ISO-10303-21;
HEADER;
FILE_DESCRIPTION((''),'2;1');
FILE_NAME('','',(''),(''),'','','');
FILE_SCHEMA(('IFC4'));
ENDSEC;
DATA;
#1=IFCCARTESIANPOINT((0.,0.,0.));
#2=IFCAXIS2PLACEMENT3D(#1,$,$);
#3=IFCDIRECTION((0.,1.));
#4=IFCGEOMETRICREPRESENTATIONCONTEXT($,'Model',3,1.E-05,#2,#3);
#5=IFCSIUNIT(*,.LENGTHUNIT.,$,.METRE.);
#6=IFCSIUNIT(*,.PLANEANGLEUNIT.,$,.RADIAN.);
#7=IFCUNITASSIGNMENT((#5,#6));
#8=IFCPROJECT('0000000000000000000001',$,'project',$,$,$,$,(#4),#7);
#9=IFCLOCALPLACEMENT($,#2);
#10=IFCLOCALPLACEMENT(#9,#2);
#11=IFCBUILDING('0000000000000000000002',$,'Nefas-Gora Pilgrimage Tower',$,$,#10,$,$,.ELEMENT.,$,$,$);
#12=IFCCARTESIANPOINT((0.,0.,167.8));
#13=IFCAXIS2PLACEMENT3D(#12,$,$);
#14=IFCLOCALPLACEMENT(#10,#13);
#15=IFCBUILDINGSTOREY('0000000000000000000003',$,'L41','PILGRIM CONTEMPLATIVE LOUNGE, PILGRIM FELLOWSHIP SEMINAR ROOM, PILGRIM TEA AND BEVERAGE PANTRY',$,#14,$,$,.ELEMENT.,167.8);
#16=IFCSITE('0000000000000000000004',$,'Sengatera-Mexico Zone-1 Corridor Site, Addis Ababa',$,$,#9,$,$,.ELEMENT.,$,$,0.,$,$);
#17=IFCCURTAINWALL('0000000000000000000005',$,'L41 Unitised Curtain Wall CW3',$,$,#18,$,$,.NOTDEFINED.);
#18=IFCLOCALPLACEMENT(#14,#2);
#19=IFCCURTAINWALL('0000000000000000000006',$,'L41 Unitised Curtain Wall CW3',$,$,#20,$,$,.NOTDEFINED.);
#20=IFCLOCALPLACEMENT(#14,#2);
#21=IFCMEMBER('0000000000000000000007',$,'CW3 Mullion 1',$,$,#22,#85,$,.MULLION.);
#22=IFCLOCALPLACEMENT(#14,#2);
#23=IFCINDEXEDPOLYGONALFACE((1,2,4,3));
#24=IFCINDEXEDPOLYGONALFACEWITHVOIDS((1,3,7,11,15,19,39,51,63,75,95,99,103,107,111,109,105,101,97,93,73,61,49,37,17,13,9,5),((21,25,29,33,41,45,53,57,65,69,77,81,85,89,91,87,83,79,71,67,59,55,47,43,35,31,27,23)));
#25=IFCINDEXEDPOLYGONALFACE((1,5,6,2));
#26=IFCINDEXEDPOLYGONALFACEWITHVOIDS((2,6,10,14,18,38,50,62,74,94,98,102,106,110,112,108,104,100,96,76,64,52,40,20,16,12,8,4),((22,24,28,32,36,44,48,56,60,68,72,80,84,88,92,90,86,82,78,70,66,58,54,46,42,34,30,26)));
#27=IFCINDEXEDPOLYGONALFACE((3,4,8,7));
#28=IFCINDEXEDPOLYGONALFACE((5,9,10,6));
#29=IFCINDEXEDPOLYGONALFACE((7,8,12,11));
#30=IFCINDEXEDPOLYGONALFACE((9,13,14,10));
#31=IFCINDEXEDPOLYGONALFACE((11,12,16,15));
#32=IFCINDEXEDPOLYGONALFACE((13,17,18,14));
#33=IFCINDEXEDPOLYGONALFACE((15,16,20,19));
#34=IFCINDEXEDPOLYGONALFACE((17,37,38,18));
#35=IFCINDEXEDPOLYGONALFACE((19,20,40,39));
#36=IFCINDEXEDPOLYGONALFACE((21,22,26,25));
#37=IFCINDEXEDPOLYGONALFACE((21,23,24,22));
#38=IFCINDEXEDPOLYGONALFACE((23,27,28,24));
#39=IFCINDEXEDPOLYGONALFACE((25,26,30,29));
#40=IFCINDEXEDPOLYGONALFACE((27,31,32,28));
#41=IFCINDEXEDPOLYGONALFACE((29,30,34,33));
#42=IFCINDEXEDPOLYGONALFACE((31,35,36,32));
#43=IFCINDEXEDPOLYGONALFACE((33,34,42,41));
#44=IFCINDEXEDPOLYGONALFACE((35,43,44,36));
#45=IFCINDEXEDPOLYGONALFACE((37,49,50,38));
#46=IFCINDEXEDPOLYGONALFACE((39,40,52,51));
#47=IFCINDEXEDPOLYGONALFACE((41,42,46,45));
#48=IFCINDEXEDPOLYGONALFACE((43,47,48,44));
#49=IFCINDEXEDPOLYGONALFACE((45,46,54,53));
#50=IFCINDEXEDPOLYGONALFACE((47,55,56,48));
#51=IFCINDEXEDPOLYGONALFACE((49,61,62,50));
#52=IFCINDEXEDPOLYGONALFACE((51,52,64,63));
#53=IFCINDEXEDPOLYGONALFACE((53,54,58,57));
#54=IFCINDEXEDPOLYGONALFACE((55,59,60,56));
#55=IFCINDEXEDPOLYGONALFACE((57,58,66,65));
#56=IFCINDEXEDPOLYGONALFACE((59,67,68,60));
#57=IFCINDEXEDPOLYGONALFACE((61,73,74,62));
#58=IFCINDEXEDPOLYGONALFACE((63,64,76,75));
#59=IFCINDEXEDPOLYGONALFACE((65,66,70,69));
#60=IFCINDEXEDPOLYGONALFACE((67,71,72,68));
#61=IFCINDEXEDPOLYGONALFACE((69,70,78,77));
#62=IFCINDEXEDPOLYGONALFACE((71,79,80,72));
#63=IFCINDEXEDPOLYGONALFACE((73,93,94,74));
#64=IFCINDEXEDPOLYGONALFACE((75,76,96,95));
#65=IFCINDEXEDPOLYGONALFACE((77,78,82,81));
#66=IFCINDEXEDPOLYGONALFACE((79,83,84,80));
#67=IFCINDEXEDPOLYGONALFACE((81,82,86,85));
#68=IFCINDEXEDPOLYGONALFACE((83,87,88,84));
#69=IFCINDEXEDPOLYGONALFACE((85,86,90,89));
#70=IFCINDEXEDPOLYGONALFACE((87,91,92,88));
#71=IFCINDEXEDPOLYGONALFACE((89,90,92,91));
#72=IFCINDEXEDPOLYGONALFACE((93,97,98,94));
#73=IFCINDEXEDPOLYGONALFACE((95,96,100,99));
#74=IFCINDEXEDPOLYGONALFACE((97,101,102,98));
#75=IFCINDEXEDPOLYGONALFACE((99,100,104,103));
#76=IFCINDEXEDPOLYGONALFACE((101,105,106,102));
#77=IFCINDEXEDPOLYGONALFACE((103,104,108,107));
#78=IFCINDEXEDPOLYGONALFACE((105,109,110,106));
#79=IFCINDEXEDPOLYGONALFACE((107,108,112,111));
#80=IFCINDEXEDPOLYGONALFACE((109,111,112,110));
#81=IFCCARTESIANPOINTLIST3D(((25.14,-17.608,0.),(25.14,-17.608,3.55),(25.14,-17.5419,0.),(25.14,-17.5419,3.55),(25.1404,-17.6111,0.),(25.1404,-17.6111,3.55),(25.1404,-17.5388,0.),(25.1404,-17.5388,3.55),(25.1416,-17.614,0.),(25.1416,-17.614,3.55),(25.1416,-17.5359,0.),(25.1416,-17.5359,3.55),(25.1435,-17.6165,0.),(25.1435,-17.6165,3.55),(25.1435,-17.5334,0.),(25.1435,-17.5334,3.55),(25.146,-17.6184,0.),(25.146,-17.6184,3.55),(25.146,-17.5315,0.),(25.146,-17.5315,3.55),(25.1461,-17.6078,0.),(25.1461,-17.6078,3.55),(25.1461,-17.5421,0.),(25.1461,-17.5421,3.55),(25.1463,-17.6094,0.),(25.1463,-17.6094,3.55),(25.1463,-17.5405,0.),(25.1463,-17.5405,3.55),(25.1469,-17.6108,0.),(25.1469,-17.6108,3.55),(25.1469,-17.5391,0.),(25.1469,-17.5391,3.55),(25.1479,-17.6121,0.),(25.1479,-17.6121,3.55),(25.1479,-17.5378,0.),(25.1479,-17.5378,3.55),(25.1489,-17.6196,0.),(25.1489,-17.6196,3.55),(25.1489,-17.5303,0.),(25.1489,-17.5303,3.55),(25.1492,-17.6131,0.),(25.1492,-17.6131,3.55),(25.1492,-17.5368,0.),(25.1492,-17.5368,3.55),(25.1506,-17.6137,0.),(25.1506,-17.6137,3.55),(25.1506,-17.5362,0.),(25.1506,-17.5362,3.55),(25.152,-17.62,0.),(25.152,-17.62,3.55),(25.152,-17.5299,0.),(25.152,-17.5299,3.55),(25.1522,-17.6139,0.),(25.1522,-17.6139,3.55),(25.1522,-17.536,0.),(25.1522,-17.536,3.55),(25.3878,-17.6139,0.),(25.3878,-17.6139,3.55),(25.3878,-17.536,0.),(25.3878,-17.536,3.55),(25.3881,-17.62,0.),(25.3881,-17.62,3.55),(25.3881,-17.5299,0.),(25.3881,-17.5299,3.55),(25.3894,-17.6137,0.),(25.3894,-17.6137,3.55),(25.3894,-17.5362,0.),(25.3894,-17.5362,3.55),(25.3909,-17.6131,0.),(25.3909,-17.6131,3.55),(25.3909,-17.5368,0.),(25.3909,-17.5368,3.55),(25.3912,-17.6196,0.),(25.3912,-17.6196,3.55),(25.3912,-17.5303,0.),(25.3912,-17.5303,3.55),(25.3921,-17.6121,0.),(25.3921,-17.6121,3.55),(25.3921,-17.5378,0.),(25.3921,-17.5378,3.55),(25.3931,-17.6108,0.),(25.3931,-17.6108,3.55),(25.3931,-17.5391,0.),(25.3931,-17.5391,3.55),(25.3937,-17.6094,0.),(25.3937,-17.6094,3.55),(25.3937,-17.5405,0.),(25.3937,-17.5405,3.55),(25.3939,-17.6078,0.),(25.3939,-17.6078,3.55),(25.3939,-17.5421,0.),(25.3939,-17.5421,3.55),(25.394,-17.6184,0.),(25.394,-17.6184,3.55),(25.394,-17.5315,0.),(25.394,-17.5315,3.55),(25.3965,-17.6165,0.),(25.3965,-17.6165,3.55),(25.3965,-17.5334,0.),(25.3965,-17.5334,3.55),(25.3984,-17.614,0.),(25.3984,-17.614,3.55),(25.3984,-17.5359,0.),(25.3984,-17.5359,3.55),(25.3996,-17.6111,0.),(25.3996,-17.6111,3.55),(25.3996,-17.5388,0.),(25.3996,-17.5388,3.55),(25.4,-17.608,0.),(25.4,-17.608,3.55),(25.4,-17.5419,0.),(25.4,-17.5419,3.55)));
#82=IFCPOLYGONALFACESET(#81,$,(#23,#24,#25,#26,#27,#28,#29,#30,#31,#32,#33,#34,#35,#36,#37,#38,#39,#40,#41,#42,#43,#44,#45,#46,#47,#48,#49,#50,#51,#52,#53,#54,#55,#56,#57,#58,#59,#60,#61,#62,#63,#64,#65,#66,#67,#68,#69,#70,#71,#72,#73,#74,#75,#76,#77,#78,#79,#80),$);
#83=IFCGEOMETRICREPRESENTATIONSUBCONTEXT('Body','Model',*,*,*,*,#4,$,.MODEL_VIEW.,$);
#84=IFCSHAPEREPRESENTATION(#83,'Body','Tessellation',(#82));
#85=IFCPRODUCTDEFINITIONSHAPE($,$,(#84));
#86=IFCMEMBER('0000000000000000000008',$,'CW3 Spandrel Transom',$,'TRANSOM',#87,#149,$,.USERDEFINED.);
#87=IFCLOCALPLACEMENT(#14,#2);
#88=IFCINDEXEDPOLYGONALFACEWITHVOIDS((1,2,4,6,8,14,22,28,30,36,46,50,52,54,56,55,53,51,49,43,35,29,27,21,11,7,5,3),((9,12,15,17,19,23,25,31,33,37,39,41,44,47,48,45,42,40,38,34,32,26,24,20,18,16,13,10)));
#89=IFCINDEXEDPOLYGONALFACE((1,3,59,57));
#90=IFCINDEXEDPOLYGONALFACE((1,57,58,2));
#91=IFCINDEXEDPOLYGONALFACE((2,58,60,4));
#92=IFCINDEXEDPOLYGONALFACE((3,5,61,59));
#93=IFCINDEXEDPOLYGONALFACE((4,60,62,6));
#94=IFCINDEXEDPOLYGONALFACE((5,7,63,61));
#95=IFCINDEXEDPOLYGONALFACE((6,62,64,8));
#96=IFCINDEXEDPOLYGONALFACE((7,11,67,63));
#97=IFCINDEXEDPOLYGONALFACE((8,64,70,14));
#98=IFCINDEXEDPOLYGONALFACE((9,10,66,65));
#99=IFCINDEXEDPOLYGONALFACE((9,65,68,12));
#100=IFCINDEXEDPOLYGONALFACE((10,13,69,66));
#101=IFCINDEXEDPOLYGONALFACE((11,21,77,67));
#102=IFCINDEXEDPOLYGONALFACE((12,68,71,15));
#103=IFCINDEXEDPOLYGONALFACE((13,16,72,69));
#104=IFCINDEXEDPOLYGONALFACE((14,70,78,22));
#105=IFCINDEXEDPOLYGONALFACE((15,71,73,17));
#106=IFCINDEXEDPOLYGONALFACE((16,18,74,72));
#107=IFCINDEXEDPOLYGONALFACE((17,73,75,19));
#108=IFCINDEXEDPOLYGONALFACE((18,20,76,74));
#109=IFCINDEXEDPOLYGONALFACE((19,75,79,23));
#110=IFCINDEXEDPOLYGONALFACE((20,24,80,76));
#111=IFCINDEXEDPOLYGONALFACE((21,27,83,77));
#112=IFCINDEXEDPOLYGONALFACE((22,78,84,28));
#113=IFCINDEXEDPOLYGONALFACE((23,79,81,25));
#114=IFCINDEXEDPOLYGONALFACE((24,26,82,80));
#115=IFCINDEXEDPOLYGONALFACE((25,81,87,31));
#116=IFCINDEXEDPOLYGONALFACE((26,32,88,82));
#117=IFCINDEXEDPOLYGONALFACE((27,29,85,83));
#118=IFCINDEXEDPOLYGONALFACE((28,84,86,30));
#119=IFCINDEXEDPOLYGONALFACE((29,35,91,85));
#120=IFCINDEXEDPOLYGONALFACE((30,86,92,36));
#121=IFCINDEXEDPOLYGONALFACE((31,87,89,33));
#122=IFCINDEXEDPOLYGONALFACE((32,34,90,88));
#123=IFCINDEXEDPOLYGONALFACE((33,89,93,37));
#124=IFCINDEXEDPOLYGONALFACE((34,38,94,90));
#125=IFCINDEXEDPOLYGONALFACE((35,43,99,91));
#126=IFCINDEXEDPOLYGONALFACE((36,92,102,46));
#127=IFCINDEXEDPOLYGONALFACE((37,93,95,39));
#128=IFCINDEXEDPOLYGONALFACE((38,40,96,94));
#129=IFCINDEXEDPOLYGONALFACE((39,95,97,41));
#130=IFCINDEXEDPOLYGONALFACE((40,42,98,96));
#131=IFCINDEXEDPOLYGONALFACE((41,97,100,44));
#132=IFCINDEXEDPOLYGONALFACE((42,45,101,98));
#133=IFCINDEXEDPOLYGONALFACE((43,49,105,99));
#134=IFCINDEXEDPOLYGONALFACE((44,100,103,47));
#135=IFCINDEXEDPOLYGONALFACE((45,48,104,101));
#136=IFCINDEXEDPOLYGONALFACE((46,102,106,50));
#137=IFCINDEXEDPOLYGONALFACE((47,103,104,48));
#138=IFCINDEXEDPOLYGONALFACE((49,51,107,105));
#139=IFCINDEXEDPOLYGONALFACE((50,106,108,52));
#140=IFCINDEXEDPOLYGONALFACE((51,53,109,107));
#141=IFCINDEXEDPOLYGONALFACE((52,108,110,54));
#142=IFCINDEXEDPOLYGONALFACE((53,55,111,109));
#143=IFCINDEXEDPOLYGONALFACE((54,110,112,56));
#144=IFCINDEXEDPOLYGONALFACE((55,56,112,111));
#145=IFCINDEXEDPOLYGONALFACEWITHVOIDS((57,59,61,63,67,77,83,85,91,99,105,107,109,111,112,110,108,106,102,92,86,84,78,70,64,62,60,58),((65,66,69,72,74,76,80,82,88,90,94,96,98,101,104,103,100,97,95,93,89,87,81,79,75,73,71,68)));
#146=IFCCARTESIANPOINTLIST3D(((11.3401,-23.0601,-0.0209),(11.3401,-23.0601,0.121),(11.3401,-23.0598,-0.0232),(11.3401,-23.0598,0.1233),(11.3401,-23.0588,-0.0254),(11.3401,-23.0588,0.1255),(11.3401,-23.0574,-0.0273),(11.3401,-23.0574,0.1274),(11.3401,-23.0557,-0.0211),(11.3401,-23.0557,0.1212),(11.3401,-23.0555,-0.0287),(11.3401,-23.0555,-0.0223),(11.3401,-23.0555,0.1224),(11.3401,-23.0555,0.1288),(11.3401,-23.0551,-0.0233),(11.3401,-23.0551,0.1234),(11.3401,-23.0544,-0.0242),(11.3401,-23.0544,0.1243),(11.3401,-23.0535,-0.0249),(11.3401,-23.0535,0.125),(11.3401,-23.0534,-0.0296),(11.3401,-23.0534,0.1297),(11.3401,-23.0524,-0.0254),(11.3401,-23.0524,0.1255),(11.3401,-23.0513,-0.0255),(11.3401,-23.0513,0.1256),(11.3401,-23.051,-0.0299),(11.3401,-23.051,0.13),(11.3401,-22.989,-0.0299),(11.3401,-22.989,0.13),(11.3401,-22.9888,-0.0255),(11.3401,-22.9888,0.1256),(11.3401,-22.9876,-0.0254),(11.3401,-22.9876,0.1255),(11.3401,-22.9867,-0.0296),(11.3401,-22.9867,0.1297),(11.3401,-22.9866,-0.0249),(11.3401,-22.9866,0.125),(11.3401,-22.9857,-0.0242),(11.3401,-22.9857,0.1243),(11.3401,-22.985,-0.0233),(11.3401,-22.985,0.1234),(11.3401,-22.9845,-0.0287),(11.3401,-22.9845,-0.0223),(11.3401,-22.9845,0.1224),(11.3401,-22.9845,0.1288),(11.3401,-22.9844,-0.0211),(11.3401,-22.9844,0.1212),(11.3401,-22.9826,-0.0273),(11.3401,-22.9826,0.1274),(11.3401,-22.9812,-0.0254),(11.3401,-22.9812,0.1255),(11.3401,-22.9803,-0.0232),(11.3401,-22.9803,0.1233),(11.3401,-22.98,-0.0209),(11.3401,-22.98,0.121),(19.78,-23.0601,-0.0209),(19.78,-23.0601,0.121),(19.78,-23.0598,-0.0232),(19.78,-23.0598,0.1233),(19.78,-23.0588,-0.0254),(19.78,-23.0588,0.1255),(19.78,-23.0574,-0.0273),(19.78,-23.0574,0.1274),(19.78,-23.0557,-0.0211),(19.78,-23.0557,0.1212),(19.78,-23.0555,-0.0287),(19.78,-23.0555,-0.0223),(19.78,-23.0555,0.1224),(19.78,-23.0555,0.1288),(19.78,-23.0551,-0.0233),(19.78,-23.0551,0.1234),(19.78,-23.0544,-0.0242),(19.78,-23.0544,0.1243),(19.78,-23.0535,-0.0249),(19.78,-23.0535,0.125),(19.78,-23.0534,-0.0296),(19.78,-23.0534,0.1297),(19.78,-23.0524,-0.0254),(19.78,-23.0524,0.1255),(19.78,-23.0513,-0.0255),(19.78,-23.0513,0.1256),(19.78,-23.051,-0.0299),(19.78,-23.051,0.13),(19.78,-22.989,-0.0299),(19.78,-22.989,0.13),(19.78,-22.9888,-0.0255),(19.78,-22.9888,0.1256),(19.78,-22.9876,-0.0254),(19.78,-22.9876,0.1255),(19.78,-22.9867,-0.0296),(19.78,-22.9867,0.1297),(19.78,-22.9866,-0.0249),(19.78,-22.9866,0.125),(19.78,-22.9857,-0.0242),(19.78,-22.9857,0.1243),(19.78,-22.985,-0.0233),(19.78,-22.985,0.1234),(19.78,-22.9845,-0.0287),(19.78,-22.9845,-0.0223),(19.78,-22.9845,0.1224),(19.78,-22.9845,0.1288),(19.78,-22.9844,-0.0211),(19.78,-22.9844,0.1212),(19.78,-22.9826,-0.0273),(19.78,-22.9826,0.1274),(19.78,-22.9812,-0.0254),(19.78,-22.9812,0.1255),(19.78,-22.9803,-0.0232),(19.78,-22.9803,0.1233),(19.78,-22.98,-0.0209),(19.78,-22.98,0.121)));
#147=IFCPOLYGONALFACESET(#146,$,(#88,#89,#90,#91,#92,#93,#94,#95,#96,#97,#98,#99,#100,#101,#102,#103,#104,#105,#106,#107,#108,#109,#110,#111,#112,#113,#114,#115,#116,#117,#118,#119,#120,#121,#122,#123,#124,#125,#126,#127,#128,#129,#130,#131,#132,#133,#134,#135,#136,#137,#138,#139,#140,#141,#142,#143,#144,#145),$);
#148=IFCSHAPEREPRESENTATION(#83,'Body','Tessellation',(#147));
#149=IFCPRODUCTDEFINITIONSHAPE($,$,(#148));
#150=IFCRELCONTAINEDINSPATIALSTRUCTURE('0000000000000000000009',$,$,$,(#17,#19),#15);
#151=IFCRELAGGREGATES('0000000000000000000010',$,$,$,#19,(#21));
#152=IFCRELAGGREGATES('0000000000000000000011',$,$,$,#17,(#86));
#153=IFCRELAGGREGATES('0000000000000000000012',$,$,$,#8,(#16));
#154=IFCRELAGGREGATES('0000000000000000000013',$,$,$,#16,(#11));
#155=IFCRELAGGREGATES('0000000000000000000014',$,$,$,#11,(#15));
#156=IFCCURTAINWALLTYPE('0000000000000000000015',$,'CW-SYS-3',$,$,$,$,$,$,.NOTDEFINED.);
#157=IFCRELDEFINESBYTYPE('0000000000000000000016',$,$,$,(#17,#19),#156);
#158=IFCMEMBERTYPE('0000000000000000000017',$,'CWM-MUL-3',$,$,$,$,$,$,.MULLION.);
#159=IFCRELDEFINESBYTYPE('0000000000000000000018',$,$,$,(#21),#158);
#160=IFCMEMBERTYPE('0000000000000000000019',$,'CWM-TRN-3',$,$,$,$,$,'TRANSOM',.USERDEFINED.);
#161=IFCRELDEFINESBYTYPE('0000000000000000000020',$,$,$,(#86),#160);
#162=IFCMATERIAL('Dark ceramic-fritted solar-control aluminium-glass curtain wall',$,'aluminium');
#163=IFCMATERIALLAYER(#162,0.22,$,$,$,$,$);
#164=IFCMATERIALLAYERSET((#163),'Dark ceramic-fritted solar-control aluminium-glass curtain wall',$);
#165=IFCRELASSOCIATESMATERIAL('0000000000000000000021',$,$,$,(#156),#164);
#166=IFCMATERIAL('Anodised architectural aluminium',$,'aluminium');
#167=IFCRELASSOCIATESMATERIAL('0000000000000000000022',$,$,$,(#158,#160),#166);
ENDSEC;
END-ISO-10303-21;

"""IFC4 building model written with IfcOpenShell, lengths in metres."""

from ifc_helpers import new_model, si_unit, direction, frame, origin, origin_2d, place, context, subcontext, project, spatial, hollow_rectangle, extrude, source, transform, mapped, material, layer, layer_set, material_profile, profile_set, type_object, element, aggregate, save


model = new_model("IFC4")

# Units and contexts
model_context = context("Model", 3, precision=1e-05, world=origin(), true_north=direction((0.0, 1.0)))
body_context = subcontext(model_context, "Body", "Model", "MODEL_VIEW")
ifc_project = project(units=[si_unit("LENGTHUNIT", "METRE"), si_unit("PLANEANGLEUNIT", "RADIAN")], contexts=[model_context])

# Site, building, storey
site_placement = place(None, origin())
site = spatial("IfcSite", under=ifc_project, at=site_placement, Name="Sengatera-Mexico Zone-1 Corridor Site, Addis Ababa", CompositionType="ELEMENT", RefElevation=0.0)
building_placement = place(site_placement, origin())
building = spatial("IfcBuilding", under=site, at=building_placement, Name="Nefas-Gora Pilgrimage Tower", CompositionType="ELEMENT")
storey_placement = place(building_placement, frame((0.0, 0.0, 167.8)))
storey = spatial("IfcBuildingStorey", under=building, at=storey_placement, Name="L41", Description="PILGRIM CONTEMPLATIVE LOUNGE, PILGRIM FELLOWSHIP SEMINAR ROOM, PILGRIM TEA AND BEVERAGE PANTRY", CompositionType="ELEMENT", Elevation=167.8)

# Curtain wall
ifc_material_1 = material(Name="Dark ceramic-fritted solar-control aluminium-glass curtain wall", Category="aluminium")
ifc_layer_1 = layer(ifc_material_1, 0.22)
ifc_layer_set_1 = layer_set([ifc_layer_1], Name="Dark ceramic-fritted solar-control aluminium-glass curtain wall")
curtain_wall_type = type_object("IfcCurtainWallType", Name="CW-SYS-3", PredefinedType="NOTDEFINED", material=ifc_layer_set_1)
curtain_wall_1_placement = place(storey_placement, origin())
curtain_wall_1 = element("IfcCurtainWall", 1, at=curtain_wall_1_placement, inside=storey, type_object=curtain_wall_type, Name="L41 Unitised Curtain Wall CW3", PredefinedType="NOTDEFINED")
ifc_material_2 = material(Name="Anodised architectural aluminium", Category="aluminium")
ifc_material_profile_1 = material_profile(ifc_material_2, hollow_rectangle(XDim=0.0901, YDim=0.26, WallThickness=0.0061, InnerFilletRadius=0.0061, OuterFilletRadius=0.012, at=origin_2d()), Name="ALU MULLION 90x260")
ifc_profile_set_1 = profile_set([ifc_material_profile_1], Name="Anodised architectural aluminium")
member_type_1 = type_object("IfcMemberType", Name="CWM-MUL-3", PredefinedType="MULLION", material=ifc_profile_set_1)
shared_shape_1 = source(origin(), body_context, "Body", "SweptSolid", [
    extrude(hollow_rectangle(XDim=0.0901, YDim=0.26, WallThickness=0.0061, InnerFilletRadius=0.0061, OuterFilletRadius=0.012, at=origin_2d()), origin(), (0.0, 0.0, 1.0), 3.55),
])

# Curtain wall, member
curtain_wall_2_placement = place(storey_placement, origin())
curtain_wall_2 = element("IfcCurtainWall", 2, at=curtain_wall_2_placement, inside=storey, type_object=curtain_wall_type, Name="L41 Unitised Curtain Wall CW3", PredefinedType="NOTDEFINED")
member_1_placement = place(storey_placement, frame((25.27, -17.575, 0.0), z_axis=(0.0, 0.0, 1.0), x_axis=(0.0, 1.0, 0.0)))
member_1 = element("IfcMember", 3, at=member_1_placement, type_object=member_type_1, Name="CW3 Mullion 1", PredefinedType="MULLION", context=body_context, shape_type="MappedRepresentation", body=[
    mapped(shared_shape_1, transform((0.0, 0.0, 0.0), x_axis=(1.0, 0.0, 0.0), y_axis=(0.0, 1.0, 0.0), z_axis=(0.0, 0.0, 1.0), scale=1.0)),
])

# Member
ifc_material_profile_2 = material_profile(ifc_material_2, hollow_rectangle(XDim=0.0801, YDim=0.1599, WallThickness=0.0044, InnerFilletRadius=0.0044, OuterFilletRadius=0.009, at=origin_2d()), Name="ALU TRANSOM 80x160")
ifc_profile_set_2 = profile_set([ifc_material_profile_2], Name="Anodised architectural aluminium")
member_type_2 = type_object("IfcMemberType", Name="CWM-TRN-3", ElementType="TRANSOM", PredefinedType="USERDEFINED", material=ifc_profile_set_2)
shared_shape_2 = source(origin(), body_context, "Body", "SweptSolid", [
    extrude(hollow_rectangle(XDim=0.0801, YDim=0.1599, WallThickness=0.0044, InnerFilletRadius=0.0044, OuterFilletRadius=0.009, at=origin_2d()), origin(), (0.0, 0.0, 1.0), 8.4399),
])
member_2_placement = place(storey_placement, frame((11.3401, -23.02, 0.05), z_axis=(1.0, 0.0, 0.0), x_axis=(0.0, 1.0, 0.0)))
member_2 = element("IfcMember", 4, at=member_2_placement, type_object=member_type_2, Name="CW3 Spandrel Transom", ObjectType="TRANSOM", PredefinedType="USERDEFINED", context=body_context, shape_type="MappedRepresentation", body=[
    mapped(shared_shape_2, transform((0.0, 0.0, 0.0), x_axis=(1.0, 0.0, 0.0), y_axis=(0.0, 1.0, 0.0), z_axis=(0.0, 0.0, 1.0), scale=1.0)),
])
aggregate(curtain_wall_2, [member_1])

aggregate(curtain_wall_1, [member_2])

save(model, "model.ifc")
